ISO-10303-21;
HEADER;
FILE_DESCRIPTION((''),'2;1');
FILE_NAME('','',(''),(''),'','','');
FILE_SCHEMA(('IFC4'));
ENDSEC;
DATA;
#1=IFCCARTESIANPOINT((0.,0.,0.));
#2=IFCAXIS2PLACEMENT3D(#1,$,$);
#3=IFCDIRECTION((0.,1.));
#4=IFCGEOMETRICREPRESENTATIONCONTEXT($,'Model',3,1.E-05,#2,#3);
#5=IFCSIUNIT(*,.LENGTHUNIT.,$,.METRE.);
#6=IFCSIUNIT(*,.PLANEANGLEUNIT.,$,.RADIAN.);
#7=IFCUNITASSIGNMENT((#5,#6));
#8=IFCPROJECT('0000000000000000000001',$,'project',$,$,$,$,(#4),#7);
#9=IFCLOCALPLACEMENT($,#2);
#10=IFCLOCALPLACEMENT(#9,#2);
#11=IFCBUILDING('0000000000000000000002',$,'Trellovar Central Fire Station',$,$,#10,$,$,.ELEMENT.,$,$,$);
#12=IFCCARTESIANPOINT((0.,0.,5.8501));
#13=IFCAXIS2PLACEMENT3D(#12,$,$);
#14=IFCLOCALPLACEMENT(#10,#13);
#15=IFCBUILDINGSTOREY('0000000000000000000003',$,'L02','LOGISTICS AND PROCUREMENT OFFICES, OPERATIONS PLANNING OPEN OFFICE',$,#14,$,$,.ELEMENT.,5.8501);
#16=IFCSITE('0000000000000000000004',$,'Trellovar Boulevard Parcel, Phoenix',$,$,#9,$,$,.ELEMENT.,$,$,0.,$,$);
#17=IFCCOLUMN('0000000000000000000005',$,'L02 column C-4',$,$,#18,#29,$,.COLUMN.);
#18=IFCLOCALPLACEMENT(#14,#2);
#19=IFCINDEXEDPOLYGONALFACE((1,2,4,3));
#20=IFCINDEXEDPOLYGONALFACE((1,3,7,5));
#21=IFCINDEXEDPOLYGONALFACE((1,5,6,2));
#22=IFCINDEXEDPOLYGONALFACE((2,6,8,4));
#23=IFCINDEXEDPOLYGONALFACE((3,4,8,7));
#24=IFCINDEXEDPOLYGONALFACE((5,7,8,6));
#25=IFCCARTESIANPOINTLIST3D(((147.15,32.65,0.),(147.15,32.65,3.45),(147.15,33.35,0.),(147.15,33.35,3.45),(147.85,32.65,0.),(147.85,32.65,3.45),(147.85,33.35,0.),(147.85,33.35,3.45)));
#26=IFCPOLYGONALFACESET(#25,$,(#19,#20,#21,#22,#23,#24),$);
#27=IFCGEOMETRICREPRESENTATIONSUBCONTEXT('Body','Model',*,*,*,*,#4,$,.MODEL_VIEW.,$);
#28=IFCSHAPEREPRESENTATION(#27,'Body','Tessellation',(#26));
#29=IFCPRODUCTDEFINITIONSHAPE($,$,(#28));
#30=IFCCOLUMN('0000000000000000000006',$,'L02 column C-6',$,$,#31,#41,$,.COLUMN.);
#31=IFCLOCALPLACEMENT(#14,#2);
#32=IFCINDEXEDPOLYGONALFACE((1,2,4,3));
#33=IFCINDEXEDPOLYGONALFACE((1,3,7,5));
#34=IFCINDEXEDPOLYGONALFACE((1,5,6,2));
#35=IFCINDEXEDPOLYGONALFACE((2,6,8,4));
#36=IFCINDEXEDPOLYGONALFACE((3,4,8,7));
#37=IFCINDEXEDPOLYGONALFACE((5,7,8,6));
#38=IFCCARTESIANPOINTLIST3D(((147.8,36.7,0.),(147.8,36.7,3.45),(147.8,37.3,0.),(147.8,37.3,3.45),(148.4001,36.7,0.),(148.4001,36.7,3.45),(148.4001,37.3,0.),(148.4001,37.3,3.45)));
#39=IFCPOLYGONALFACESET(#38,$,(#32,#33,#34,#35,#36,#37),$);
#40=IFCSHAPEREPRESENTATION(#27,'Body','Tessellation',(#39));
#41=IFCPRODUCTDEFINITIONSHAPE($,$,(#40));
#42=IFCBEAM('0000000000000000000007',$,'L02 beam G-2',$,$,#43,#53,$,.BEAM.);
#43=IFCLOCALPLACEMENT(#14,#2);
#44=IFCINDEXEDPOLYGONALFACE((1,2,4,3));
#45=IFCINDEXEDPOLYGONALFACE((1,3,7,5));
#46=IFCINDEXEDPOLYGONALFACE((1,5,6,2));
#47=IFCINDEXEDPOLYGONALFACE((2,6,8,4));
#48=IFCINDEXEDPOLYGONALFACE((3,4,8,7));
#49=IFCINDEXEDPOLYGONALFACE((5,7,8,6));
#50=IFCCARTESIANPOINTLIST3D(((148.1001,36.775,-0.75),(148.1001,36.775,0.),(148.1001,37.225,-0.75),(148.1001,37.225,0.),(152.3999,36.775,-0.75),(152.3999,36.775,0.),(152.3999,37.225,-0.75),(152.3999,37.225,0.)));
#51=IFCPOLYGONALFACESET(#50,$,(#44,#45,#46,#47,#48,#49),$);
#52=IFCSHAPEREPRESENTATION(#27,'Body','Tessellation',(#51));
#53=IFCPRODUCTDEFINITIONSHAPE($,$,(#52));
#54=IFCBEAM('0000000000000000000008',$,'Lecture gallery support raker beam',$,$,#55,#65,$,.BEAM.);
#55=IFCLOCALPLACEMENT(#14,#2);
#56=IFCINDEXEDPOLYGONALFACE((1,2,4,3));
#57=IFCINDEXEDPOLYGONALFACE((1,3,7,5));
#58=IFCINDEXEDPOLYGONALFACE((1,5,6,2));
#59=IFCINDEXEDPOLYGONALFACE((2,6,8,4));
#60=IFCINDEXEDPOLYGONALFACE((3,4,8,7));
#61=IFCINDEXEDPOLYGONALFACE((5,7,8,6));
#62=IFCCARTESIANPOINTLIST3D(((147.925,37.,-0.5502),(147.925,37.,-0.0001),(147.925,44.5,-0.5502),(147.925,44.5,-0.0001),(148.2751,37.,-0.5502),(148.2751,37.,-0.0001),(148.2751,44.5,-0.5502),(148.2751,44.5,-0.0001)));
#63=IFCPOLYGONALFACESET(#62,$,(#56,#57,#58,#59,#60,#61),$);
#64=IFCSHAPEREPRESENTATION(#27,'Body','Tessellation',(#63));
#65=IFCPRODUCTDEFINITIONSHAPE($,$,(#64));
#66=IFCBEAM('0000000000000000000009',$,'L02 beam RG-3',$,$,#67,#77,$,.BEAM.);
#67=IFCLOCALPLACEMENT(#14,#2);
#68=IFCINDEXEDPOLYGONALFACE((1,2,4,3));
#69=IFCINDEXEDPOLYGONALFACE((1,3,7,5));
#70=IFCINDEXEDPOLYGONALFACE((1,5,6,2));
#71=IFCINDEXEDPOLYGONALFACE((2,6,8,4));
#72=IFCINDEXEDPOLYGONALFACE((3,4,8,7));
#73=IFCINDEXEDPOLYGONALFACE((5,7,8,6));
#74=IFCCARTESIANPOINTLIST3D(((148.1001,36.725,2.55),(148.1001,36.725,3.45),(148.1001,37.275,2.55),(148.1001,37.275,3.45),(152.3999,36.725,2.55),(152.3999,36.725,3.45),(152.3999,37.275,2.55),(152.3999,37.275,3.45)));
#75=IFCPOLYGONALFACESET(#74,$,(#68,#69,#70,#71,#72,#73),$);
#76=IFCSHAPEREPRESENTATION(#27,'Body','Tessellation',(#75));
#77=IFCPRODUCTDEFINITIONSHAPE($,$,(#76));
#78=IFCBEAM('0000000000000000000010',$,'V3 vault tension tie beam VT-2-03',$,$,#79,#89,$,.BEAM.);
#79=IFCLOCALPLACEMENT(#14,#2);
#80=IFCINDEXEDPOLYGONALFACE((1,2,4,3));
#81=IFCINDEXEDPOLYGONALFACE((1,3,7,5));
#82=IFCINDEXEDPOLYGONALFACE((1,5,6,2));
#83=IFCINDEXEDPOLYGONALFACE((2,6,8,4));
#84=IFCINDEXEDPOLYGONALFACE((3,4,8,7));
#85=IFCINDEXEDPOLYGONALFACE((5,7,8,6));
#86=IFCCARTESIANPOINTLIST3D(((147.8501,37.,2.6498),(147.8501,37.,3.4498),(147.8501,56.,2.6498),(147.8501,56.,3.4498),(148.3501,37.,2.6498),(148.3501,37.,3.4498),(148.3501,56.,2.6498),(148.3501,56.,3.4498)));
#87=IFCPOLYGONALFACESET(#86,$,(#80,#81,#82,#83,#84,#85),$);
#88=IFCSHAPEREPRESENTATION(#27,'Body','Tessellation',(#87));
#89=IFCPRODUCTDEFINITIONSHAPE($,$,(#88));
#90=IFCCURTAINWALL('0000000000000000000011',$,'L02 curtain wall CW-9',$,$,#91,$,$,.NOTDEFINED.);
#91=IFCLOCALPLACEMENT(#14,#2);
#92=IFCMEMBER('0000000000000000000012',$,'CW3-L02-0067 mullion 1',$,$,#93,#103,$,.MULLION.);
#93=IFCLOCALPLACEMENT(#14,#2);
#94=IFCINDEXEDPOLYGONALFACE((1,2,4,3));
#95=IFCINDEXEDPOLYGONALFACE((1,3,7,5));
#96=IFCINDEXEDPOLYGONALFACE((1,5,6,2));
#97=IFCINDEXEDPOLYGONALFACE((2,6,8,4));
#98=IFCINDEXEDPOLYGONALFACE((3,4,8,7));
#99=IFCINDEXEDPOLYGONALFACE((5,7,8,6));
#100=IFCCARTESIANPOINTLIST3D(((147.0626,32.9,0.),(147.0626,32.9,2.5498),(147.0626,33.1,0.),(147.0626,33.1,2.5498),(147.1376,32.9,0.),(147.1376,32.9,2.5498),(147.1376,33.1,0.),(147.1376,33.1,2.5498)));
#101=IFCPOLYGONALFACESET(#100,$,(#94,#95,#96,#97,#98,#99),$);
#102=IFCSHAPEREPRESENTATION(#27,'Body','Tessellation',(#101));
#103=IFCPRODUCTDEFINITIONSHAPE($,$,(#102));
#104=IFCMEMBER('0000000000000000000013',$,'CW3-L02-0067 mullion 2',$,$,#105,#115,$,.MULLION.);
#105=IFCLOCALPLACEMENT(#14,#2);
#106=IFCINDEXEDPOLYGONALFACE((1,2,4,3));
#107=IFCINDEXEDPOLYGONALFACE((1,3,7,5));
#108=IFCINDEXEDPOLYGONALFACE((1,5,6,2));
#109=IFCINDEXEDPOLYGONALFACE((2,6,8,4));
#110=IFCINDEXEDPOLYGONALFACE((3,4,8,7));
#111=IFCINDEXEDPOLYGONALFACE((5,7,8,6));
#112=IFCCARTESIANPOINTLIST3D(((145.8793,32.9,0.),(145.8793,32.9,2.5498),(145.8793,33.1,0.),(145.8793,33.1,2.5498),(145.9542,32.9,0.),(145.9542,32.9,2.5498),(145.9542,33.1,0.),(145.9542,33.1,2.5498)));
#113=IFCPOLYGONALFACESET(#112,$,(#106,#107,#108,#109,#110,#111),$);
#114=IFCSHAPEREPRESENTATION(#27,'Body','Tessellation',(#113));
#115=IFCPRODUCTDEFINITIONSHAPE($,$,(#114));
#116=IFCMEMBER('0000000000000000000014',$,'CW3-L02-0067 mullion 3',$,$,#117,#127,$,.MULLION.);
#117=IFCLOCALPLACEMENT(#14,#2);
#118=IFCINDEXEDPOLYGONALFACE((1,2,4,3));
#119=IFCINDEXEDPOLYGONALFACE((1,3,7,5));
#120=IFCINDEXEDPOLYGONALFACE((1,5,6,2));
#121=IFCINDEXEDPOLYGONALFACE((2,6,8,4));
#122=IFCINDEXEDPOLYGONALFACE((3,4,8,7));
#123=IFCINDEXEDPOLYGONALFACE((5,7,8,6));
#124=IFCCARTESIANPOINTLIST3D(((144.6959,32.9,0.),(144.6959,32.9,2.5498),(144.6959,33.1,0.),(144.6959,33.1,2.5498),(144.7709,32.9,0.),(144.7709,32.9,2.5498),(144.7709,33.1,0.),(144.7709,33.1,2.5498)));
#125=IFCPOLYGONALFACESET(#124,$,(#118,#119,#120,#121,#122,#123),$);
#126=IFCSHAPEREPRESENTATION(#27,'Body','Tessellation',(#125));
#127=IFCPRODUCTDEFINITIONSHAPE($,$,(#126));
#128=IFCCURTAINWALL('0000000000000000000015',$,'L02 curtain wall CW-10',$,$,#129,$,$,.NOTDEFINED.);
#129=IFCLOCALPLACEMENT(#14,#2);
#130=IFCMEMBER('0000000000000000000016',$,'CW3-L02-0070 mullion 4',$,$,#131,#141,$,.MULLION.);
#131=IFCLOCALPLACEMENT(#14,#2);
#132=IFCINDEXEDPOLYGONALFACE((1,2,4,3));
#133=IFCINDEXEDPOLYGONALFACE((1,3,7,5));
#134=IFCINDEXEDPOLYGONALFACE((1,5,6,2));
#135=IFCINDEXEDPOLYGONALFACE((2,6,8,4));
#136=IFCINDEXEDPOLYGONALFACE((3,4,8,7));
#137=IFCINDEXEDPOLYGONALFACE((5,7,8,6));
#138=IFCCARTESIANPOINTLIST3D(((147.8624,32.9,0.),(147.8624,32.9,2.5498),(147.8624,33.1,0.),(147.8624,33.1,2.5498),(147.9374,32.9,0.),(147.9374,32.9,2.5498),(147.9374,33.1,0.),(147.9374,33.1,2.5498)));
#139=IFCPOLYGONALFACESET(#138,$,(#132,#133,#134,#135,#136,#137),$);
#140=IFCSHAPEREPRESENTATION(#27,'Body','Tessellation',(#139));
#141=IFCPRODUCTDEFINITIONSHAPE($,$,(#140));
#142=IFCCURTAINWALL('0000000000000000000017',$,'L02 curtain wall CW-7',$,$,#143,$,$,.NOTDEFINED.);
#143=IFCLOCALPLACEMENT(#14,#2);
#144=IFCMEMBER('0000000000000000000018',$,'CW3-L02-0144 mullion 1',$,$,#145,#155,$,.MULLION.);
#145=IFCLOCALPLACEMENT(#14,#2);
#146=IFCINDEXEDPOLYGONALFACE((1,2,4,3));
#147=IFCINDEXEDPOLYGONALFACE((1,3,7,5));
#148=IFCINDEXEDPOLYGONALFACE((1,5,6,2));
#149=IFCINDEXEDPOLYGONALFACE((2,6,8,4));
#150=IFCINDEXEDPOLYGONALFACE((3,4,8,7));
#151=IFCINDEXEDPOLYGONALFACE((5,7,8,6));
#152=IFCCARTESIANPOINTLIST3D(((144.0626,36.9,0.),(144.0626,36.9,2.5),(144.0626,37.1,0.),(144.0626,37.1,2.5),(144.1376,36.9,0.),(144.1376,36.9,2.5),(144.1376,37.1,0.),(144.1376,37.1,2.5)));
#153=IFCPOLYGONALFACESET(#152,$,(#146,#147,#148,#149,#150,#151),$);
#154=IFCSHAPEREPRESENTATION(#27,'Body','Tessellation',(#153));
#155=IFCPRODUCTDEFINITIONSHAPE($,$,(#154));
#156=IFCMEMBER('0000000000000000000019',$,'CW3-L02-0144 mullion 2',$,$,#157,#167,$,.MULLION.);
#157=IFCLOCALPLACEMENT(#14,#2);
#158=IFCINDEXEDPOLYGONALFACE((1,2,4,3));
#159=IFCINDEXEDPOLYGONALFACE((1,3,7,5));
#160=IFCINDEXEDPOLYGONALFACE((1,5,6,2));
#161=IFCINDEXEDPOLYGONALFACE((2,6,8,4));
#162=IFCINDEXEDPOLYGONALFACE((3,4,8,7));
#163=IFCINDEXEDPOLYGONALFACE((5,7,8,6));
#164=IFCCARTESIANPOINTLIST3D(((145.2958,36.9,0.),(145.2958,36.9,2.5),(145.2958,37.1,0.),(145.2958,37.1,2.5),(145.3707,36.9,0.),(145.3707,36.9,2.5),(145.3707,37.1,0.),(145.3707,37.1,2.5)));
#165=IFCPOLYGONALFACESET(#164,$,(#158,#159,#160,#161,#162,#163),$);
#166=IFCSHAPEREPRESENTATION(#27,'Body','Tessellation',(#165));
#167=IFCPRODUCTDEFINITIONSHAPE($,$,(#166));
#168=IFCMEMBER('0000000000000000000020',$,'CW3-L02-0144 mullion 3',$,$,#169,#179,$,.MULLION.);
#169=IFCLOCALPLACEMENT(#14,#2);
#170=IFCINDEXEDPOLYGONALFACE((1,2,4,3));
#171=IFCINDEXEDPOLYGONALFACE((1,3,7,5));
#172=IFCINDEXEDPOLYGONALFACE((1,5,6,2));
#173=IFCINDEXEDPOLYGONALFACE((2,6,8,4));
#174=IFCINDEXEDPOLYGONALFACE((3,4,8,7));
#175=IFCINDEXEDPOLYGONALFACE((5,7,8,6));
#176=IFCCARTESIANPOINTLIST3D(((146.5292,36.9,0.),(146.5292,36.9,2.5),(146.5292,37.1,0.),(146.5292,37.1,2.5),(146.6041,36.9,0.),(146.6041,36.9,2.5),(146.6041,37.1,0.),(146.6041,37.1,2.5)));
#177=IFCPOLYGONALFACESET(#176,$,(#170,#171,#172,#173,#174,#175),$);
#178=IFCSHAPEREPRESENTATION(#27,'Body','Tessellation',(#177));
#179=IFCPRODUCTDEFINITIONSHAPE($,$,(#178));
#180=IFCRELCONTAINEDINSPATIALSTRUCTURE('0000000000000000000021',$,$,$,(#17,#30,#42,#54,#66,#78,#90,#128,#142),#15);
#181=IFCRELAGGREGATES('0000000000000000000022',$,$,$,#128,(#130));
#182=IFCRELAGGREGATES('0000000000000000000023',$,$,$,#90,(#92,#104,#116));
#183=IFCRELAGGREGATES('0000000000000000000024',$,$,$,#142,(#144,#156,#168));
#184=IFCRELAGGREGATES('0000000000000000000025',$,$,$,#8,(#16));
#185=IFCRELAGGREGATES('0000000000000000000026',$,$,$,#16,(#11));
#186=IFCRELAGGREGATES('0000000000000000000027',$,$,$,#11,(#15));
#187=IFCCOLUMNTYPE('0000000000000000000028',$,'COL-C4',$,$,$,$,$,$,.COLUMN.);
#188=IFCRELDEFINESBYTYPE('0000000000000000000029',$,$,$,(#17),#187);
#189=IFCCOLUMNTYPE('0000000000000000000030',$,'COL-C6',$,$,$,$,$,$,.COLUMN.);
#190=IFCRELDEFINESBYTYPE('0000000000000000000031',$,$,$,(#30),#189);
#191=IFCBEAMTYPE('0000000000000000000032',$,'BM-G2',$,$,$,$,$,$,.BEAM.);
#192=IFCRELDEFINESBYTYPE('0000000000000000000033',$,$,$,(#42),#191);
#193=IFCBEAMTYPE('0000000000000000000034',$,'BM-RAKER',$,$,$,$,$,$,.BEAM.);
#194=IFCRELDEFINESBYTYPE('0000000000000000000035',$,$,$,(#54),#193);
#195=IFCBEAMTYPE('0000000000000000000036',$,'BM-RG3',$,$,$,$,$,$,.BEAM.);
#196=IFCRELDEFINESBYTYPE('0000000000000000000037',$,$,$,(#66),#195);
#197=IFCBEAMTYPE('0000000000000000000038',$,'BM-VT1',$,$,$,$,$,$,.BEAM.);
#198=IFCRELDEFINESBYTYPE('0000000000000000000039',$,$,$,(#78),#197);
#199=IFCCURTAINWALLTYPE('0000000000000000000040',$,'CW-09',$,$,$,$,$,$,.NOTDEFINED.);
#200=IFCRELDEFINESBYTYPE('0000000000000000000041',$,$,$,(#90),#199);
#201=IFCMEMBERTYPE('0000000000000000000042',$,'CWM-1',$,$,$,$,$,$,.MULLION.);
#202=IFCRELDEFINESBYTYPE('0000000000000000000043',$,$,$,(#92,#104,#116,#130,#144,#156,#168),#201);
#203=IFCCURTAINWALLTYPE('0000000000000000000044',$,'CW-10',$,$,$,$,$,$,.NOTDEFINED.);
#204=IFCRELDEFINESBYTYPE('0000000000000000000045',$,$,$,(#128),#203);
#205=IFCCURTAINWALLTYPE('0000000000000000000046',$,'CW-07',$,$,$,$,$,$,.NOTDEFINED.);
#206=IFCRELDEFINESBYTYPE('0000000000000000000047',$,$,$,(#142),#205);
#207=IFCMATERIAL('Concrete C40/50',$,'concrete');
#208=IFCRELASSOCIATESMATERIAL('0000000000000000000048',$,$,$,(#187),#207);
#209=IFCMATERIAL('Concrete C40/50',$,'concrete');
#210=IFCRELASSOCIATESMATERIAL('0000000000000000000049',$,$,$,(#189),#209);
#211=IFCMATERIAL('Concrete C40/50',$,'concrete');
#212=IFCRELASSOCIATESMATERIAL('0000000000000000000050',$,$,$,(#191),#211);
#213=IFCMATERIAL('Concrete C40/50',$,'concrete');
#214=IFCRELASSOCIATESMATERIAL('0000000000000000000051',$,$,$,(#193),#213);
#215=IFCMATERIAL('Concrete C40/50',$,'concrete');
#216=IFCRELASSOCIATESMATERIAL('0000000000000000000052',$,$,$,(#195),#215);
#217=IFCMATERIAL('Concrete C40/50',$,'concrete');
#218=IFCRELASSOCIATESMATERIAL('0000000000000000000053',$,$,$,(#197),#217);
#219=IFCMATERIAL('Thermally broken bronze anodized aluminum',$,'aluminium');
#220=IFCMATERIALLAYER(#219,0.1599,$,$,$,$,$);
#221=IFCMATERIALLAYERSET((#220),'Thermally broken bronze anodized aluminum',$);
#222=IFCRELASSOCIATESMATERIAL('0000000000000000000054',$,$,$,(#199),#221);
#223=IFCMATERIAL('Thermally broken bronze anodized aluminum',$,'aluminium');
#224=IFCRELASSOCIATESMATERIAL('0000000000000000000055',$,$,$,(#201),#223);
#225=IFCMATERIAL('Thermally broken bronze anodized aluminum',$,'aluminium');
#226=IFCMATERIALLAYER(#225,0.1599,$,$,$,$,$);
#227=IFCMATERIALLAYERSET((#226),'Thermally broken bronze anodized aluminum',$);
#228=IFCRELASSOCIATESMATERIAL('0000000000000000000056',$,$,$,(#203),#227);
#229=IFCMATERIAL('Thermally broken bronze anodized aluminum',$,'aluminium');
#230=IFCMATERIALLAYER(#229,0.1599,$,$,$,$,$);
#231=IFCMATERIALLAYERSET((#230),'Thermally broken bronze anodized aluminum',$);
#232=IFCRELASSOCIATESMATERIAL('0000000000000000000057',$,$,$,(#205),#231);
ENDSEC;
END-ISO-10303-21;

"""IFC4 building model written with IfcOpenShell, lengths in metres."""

from ifc_helpers import new_model, si_unit, direction, frame, origin, origin_2d, place, context, subcontext, project, spatial, rectangle, extrude, material, layer, layer_set, material_profile, profile_set, type_object, element, aggregate, save


model = new_model("IFC4")

# Units and contexts
model_context = context("Model", 3, precision=1e-05, world=origin(), true_north=direction((0.0, 1.0)))
body_context = subcontext(model_context, "Body", "Model", "MODEL_VIEW")
ifc_project = project(units=[si_unit("LENGTHUNIT", "METRE"), si_unit("PLANEANGLEUNIT", "RADIAN")], contexts=[model_context])

# Site, building, storey
site_placement = place(None, origin())
site = spatial("IfcSite", under=ifc_project, at=site_placement, Name="Trellovar Boulevard Parcel, Phoenix", CompositionType="ELEMENT", RefElevation=0.0)
building_placement = place(site_placement, origin())
building = spatial("IfcBuilding", under=site, at=building_placement, Name="Trellovar Central Fire Station", CompositionType="ELEMENT")
storey_placement = place(building_placement, frame((0.0, 0.0, 5.8501)))
storey = spatial("IfcBuildingStorey", under=building, at=storey_placement, Name="L02", Description="LOGISTICS AND PROCUREMENT OFFICES, OPERATIONS PLANNING OPEN OFFICE", CompositionType="ELEMENT", Elevation=5.8501)

# Columns
ifc_material_1 = material(Name="Concrete C40/50", Category="concrete")
ifc_material_profile_1 = material_profile(ifc_material_1, rectangle(XDim=0.7, YDim=0.7, at=origin_2d()), Name="RC700X700")
ifc_profile_set_1 = profile_set([ifc_material_profile_1], Name="Concrete C40/50")
column_type_1 = type_object("IfcColumnType", Name="COL-C4", PredefinedType="COLUMN", material=ifc_profile_set_1)
column_1_placement = place(storey_placement, frame((147.5, 33.0, 0.0), z_axis=(0.0, 0.0, 1.0), x_axis=(1.0, 0.0, 0.0)))
element("IfcColumn", 1, at=column_1_placement, inside=storey, type_object=column_type_1, Name="L02 column C-4", PredefinedType="COLUMN", context=body_context, shape_type="SweptSolid", body=[
    extrude(rectangle(XDim=0.7, YDim=0.7, at=origin_2d()), origin(), (0.0, 0.0, 1.0), 3.45),
])
ifc_material_2 = material(Name="Concrete C40/50", Category="concrete")
ifc_material_profile_2 = material_profile(ifc_material_2, rectangle(XDim=0.6001, YDim=0.6001, at=origin_2d()), Name="RC600X600")
ifc_profile_set_2 = profile_set([ifc_material_profile_2], Name="Concrete C40/50")
column_type_2 = type_object("IfcColumnType", Name="COL-C6", PredefinedType="COLUMN", material=ifc_profile_set_2)
column_2_placement = place(storey_placement, frame((148.1001, 37.0, 0.0), z_axis=(0.0, 0.0, 1.0), x_axis=(1.0, 0.0, 0.0)))
element("IfcColumn", 2, at=column_2_placement, inside=storey, type_object=column_type_2, Name="L02 column C-6", PredefinedType="COLUMN", context=body_context, shape_type="SweptSolid", body=[
    extrude(rectangle(XDim=0.6001, YDim=0.6001, at=origin_2d()), origin(), (0.0, 0.0, 1.0), 3.45),
])

# Beams
ifc_material_3 = material(Name="Concrete C40/50", Category="concrete")
ifc_material_profile_3 = material_profile(ifc_material_3, rectangle(XDim=0.45, YDim=0.75, at=origin_2d()), Name="RC450X750")
ifc_profile_set_3 = profile_set([ifc_material_profile_3], Name="Concrete C40/50")
beam_type_1 = type_object("IfcBeamType", Name="BM-G2", PredefinedType="BEAM", material=ifc_profile_set_3)
beam_1_placement = place(storey_placement, frame((148.1001, 37.0, -0.375), z_axis=(1.0, 0.0, 0.0), x_axis=(0.0, 1.0, 0.0)))
element("IfcBeam", 3, at=beam_1_placement, inside=storey, type_object=beam_type_1, Name="L02 beam G-2", PredefinedType="BEAM", context=body_context, shape_type="SweptSolid", body=[
    extrude(rectangle(XDim=0.45, YDim=0.75, at=origin_2d()), origin(), (0.0, 0.0, 1.0), 4.2998),
])
ifc_material_4 = material(Name="Concrete C40/50", Category="concrete")
ifc_material_profile_4 = material_profile(ifc_material_4, rectangle(XDim=0.3501, YDim=0.55, at=origin_2d()), Name="RC350X550")
ifc_profile_set_4 = profile_set([ifc_material_profile_4], Name="Concrete C40/50")
beam_type_2 = type_object("IfcBeamType", Name="BM-RAKER", PredefinedType="BEAM", material=ifc_profile_set_4)
beam_2_placement = place(storey_placement, frame((148.1001, 37.0, -0.2751), z_axis=(0.0, 1.0, 0.0), x_axis=(-1.0, 0.0, 0.0)))
element("IfcBeam", 4, at=beam_2_placement, inside=storey, type_object=beam_type_2, Name="Lecture gallery support raker beam", PredefinedType="BEAM", context=body_context, shape_type="SweptSolid", body=[
    extrude(rectangle(XDim=0.3501, YDim=0.55, at=origin_2d()), origin(), (0.0, 0.0, 1.0), 7.5),
])
ifc_material_5 = material(Name="Concrete C40/50", Category="concrete")
ifc_material_profile_5 = material_profile(ifc_material_5, rectangle(XDim=0.55, YDim=0.8999, at=origin_2d()), Name="RC550X900")
ifc_profile_set_5 = profile_set([ifc_material_profile_5], Name="Concrete C40/50")
beam_type_3 = type_object("IfcBeamType", Name="BM-RG3", PredefinedType="BEAM", material=ifc_profile_set_5)
beam_3_placement = place(storey_placement, frame((148.1001, 37.0, 3.0), z_axis=(1.0, 0.0, 0.0), x_axis=(0.0, 1.0, 0.0)))
element("IfcBeam", 5, at=beam_3_placement, inside=storey, type_object=beam_type_3, Name="L02 beam RG-3", PredefinedType="BEAM", context=body_context, shape_type="SweptSolid", body=[
    extrude(rectangle(XDim=0.55, YDim=0.8999, at=origin_2d()), origin(), (0.0, 0.0, 1.0), 4.2998),
])
ifc_material_6 = material(Name="Concrete C40/50", Category="concrete")
ifc_material_profile_6 = material_profile(ifc_material_6, rectangle(XDim=0.5, YDim=0.8, at=origin_2d()), Name="RC500X800")
ifc_profile_set_6 = profile_set([ifc_material_profile_6], Name="Concrete C40/50")
beam_type_4 = type_object("IfcBeamType", Name="BM-VT1", PredefinedType="BEAM", material=ifc_profile_set_6)
beam_4_placement = place(storey_placement, frame((148.1001, 37.0, 3.0498), z_axis=(0.0, 1.0, 0.0), x_axis=(-1.0, 0.0, 0.0)))
element("IfcBeam", 6, at=beam_4_placement, inside=storey, type_object=beam_type_4, Name="V3 vault tension tie beam VT-2-03", PredefinedType="BEAM", context=body_context, shape_type="SweptSolid", body=[
    extrude(rectangle(XDim=0.5, YDim=0.8, at=origin_2d()), origin(), (0.0, 0.0, 1.0), 19.0),
])

# Curtain wall, members
ifc_material_7 = material(Name="Thermally broken bronze anodized aluminum", Category="aluminium")
ifc_layer_1 = layer(ifc_material_7, 0.1599)
ifc_layer_set_1 = layer_set([ifc_layer_1], Name="Thermally broken bronze anodized aluminum")
curtain_wall_type_1 = type_object("IfcCurtainWallType", Name="CW-09", PredefinedType="NOTDEFINED", material=ifc_layer_set_1)
curtain_wall_1_placement = place(storey_placement, origin())
curtain_wall_1 = element("IfcCurtainWall", 7, at=curtain_wall_1_placement, inside=storey, type_object=curtain_wall_type_1, Name="L02 curtain wall CW-9", PredefinedType="NOTDEFINED")
ifc_material_8 = material(Name="Thermally broken bronze anodized aluminum", Category="aluminium")
ifc_material_profile_7 = material_profile(ifc_material_8, rectangle(XDim=0.075, YDim=0.2, at=origin_2d()), Name="ALU75X200")
ifc_profile_set_7 = profile_set([ifc_material_profile_7], Name="Thermally broken bronze anodized aluminum")
member_type_1 = type_object("IfcMemberType", Name="CWM-1", PredefinedType="MULLION", material=ifc_profile_set_7)
member_1_placement = place(storey_placement, frame((147.1001, 33.0, 0.0), z_axis=(0.0, 0.0, 1.0), x_axis=(1.0, 0.0, 0.0)))
member_1 = element("IfcMember", 8, at=member_1_placement, type_object=member_type_1, Name="CW3-L02-0067 mullion 1", PredefinedType="MULLION", context=body_context, shape_type="SweptSolid", body=[
    extrude(rectangle(XDim=0.075, YDim=0.2, at=origin_2d()), origin(), (0.0, 0.0, 1.0), 2.5498),
])
member_2_placement = place(storey_placement, frame((145.9167, 33.0, 0.0), z_axis=(0.0, 0.0, 1.0), x_axis=(1.0, 0.0, 0.0)))
member_2 = element("IfcMember", 9, at=member_2_placement, type_object=member_type_1, Name="CW3-L02-0067 mullion 2", PredefinedType="MULLION", context=body_context, shape_type="SweptSolid", body=[
    extrude(rectangle(XDim=0.075, YDim=0.2, at=origin_2d()), origin(), (0.0, 0.0, 1.0), 2.5498),
])
member_3_placement = place(storey_placement, frame((144.7334, 33.0, 0.0), z_axis=(0.0, 0.0, 1.0), x_axis=(1.0, 0.0, 0.0)))
member_3 = element("IfcMember", 10, at=member_3_placement, type_object=member_type_1, Name="CW3-L02-0067 mullion 3", PredefinedType="MULLION", context=body_context, shape_type="SweptSolid", body=[
    extrude(rectangle(XDim=0.075, YDim=0.2, at=origin_2d()), origin(), (0.0, 0.0, 1.0), 2.5498),
])

# Curtain wall, member
ifc_material_9 = material(Name="Thermally broken bronze anodized aluminum", Category="aluminium")
ifc_layer_2 = layer(ifc_material_9, 0.1599)
ifc_layer_set_2 = layer_set([ifc_layer_2], Name="Thermally broken bronze anodized aluminum")
curtain_wall_type_2 = type_object("IfcCurtainWallType", Name="CW-10", PredefinedType="NOTDEFINED", material=ifc_layer_set_2)
curtain_wall_2_placement = place(storey_placement, origin())
curtain_wall_2 = element("IfcCurtainWall", 11, at=curtain_wall_2_placement, inside=storey, type_object=curtain_wall_type_2, Name="L02 curtain wall CW-10", PredefinedType="NOTDEFINED")
member_4_placement = place(storey_placement, frame((147.8999, 33.0, 0.0), z_axis=(0.0, 0.0, 1.0), x_axis=(1.0, 0.0, 0.0)))
member_4 = element("IfcMember", 12, at=member_4_placement, type_object=member_type_1, Name="CW3-L02-0070 mullion 4", PredefinedType="MULLION", context=body_context, shape_type="SweptSolid", body=[
    extrude(rectangle(XDim=0.075, YDim=0.2, at=origin_2d()), origin(), (0.0, 0.0, 1.0), 2.5498),
])
aggregate(curtain_wall_2, [member_4])

# Curtain wall, members
ifc_material_10 = material(Name="Thermally broken bronze anodized aluminum", Category="aluminium")
ifc_layer_3 = layer(ifc_material_10, 0.1599)
ifc_layer_set_3 = layer_set([ifc_layer_3], Name="Thermally broken bronze anodized aluminum")
curtain_wall_type_3 = type_object("IfcCurtainWallType", Name="CW-07", PredefinedType="NOTDEFINED", material=ifc_layer_set_3)
curtain_wall_3_placement = place(storey_placement, origin())
curtain_wall_3 = element("IfcCurtainWall", 13, at=curtain_wall_3_placement, inside=storey, type_object=curtain_wall_type_3, Name="L02 curtain wall CW-7", PredefinedType="NOTDEFINED")
member_5_placement = place(storey_placement, frame((144.1001, 37.0, 0.0), z_axis=(0.0, 0.0, 1.0), x_axis=(1.0, 0.0, 0.0)))
member_5 = element("IfcMember", 14, at=member_5_placement, type_object=member_type_1, Name="CW3-L02-0144 mullion 1", PredefinedType="MULLION", context=body_context, shape_type="SweptSolid", body=[
    extrude(rectangle(XDim=0.075, YDim=0.2, at=origin_2d()), origin(), (0.0, 0.0, 1.0), 2.5),
])
member_6_placement = place(storey_placement, frame((145.3333, 37.0, 0.0), z_axis=(0.0, 0.0, 1.0), x_axis=(1.0, 0.0, 0.0)))
member_6 = element("IfcMember", 15, at=member_6_placement, type_object=member_type_1, Name="CW3-L02-0144 mullion 2", PredefinedType="MULLION", context=body_context, shape_type="SweptSolid", body=[
    extrude(rectangle(XDim=0.075, YDim=0.2, at=origin_2d()), origin(), (0.0, 0.0, 1.0), 2.5),
])
member_7_placement = place(storey_placement, frame((146.5667, 37.0, 0.0), z_axis=(0.0, 0.0, 1.0), x_axis=(1.0, 0.0, 0.0)))
member_7 = element("IfcMember", 16, at=member_7_placement, type_object=member_type_1, Name="CW3-L02-0144 mullion 3", PredefinedType="MULLION", context=body_context, shape_type="SweptSolid", body=[
    extrude(rectangle(XDim=0.075, YDim=0.2, at=origin_2d()), origin(), (0.0, 0.0, 1.0), 2.5),
])

aggregate(curtain_wall_1, [member_1, member_2, member_3])
aggregate(curtain_wall_3, [member_5, member_6, member_7])

save(model, "model.ifc")
